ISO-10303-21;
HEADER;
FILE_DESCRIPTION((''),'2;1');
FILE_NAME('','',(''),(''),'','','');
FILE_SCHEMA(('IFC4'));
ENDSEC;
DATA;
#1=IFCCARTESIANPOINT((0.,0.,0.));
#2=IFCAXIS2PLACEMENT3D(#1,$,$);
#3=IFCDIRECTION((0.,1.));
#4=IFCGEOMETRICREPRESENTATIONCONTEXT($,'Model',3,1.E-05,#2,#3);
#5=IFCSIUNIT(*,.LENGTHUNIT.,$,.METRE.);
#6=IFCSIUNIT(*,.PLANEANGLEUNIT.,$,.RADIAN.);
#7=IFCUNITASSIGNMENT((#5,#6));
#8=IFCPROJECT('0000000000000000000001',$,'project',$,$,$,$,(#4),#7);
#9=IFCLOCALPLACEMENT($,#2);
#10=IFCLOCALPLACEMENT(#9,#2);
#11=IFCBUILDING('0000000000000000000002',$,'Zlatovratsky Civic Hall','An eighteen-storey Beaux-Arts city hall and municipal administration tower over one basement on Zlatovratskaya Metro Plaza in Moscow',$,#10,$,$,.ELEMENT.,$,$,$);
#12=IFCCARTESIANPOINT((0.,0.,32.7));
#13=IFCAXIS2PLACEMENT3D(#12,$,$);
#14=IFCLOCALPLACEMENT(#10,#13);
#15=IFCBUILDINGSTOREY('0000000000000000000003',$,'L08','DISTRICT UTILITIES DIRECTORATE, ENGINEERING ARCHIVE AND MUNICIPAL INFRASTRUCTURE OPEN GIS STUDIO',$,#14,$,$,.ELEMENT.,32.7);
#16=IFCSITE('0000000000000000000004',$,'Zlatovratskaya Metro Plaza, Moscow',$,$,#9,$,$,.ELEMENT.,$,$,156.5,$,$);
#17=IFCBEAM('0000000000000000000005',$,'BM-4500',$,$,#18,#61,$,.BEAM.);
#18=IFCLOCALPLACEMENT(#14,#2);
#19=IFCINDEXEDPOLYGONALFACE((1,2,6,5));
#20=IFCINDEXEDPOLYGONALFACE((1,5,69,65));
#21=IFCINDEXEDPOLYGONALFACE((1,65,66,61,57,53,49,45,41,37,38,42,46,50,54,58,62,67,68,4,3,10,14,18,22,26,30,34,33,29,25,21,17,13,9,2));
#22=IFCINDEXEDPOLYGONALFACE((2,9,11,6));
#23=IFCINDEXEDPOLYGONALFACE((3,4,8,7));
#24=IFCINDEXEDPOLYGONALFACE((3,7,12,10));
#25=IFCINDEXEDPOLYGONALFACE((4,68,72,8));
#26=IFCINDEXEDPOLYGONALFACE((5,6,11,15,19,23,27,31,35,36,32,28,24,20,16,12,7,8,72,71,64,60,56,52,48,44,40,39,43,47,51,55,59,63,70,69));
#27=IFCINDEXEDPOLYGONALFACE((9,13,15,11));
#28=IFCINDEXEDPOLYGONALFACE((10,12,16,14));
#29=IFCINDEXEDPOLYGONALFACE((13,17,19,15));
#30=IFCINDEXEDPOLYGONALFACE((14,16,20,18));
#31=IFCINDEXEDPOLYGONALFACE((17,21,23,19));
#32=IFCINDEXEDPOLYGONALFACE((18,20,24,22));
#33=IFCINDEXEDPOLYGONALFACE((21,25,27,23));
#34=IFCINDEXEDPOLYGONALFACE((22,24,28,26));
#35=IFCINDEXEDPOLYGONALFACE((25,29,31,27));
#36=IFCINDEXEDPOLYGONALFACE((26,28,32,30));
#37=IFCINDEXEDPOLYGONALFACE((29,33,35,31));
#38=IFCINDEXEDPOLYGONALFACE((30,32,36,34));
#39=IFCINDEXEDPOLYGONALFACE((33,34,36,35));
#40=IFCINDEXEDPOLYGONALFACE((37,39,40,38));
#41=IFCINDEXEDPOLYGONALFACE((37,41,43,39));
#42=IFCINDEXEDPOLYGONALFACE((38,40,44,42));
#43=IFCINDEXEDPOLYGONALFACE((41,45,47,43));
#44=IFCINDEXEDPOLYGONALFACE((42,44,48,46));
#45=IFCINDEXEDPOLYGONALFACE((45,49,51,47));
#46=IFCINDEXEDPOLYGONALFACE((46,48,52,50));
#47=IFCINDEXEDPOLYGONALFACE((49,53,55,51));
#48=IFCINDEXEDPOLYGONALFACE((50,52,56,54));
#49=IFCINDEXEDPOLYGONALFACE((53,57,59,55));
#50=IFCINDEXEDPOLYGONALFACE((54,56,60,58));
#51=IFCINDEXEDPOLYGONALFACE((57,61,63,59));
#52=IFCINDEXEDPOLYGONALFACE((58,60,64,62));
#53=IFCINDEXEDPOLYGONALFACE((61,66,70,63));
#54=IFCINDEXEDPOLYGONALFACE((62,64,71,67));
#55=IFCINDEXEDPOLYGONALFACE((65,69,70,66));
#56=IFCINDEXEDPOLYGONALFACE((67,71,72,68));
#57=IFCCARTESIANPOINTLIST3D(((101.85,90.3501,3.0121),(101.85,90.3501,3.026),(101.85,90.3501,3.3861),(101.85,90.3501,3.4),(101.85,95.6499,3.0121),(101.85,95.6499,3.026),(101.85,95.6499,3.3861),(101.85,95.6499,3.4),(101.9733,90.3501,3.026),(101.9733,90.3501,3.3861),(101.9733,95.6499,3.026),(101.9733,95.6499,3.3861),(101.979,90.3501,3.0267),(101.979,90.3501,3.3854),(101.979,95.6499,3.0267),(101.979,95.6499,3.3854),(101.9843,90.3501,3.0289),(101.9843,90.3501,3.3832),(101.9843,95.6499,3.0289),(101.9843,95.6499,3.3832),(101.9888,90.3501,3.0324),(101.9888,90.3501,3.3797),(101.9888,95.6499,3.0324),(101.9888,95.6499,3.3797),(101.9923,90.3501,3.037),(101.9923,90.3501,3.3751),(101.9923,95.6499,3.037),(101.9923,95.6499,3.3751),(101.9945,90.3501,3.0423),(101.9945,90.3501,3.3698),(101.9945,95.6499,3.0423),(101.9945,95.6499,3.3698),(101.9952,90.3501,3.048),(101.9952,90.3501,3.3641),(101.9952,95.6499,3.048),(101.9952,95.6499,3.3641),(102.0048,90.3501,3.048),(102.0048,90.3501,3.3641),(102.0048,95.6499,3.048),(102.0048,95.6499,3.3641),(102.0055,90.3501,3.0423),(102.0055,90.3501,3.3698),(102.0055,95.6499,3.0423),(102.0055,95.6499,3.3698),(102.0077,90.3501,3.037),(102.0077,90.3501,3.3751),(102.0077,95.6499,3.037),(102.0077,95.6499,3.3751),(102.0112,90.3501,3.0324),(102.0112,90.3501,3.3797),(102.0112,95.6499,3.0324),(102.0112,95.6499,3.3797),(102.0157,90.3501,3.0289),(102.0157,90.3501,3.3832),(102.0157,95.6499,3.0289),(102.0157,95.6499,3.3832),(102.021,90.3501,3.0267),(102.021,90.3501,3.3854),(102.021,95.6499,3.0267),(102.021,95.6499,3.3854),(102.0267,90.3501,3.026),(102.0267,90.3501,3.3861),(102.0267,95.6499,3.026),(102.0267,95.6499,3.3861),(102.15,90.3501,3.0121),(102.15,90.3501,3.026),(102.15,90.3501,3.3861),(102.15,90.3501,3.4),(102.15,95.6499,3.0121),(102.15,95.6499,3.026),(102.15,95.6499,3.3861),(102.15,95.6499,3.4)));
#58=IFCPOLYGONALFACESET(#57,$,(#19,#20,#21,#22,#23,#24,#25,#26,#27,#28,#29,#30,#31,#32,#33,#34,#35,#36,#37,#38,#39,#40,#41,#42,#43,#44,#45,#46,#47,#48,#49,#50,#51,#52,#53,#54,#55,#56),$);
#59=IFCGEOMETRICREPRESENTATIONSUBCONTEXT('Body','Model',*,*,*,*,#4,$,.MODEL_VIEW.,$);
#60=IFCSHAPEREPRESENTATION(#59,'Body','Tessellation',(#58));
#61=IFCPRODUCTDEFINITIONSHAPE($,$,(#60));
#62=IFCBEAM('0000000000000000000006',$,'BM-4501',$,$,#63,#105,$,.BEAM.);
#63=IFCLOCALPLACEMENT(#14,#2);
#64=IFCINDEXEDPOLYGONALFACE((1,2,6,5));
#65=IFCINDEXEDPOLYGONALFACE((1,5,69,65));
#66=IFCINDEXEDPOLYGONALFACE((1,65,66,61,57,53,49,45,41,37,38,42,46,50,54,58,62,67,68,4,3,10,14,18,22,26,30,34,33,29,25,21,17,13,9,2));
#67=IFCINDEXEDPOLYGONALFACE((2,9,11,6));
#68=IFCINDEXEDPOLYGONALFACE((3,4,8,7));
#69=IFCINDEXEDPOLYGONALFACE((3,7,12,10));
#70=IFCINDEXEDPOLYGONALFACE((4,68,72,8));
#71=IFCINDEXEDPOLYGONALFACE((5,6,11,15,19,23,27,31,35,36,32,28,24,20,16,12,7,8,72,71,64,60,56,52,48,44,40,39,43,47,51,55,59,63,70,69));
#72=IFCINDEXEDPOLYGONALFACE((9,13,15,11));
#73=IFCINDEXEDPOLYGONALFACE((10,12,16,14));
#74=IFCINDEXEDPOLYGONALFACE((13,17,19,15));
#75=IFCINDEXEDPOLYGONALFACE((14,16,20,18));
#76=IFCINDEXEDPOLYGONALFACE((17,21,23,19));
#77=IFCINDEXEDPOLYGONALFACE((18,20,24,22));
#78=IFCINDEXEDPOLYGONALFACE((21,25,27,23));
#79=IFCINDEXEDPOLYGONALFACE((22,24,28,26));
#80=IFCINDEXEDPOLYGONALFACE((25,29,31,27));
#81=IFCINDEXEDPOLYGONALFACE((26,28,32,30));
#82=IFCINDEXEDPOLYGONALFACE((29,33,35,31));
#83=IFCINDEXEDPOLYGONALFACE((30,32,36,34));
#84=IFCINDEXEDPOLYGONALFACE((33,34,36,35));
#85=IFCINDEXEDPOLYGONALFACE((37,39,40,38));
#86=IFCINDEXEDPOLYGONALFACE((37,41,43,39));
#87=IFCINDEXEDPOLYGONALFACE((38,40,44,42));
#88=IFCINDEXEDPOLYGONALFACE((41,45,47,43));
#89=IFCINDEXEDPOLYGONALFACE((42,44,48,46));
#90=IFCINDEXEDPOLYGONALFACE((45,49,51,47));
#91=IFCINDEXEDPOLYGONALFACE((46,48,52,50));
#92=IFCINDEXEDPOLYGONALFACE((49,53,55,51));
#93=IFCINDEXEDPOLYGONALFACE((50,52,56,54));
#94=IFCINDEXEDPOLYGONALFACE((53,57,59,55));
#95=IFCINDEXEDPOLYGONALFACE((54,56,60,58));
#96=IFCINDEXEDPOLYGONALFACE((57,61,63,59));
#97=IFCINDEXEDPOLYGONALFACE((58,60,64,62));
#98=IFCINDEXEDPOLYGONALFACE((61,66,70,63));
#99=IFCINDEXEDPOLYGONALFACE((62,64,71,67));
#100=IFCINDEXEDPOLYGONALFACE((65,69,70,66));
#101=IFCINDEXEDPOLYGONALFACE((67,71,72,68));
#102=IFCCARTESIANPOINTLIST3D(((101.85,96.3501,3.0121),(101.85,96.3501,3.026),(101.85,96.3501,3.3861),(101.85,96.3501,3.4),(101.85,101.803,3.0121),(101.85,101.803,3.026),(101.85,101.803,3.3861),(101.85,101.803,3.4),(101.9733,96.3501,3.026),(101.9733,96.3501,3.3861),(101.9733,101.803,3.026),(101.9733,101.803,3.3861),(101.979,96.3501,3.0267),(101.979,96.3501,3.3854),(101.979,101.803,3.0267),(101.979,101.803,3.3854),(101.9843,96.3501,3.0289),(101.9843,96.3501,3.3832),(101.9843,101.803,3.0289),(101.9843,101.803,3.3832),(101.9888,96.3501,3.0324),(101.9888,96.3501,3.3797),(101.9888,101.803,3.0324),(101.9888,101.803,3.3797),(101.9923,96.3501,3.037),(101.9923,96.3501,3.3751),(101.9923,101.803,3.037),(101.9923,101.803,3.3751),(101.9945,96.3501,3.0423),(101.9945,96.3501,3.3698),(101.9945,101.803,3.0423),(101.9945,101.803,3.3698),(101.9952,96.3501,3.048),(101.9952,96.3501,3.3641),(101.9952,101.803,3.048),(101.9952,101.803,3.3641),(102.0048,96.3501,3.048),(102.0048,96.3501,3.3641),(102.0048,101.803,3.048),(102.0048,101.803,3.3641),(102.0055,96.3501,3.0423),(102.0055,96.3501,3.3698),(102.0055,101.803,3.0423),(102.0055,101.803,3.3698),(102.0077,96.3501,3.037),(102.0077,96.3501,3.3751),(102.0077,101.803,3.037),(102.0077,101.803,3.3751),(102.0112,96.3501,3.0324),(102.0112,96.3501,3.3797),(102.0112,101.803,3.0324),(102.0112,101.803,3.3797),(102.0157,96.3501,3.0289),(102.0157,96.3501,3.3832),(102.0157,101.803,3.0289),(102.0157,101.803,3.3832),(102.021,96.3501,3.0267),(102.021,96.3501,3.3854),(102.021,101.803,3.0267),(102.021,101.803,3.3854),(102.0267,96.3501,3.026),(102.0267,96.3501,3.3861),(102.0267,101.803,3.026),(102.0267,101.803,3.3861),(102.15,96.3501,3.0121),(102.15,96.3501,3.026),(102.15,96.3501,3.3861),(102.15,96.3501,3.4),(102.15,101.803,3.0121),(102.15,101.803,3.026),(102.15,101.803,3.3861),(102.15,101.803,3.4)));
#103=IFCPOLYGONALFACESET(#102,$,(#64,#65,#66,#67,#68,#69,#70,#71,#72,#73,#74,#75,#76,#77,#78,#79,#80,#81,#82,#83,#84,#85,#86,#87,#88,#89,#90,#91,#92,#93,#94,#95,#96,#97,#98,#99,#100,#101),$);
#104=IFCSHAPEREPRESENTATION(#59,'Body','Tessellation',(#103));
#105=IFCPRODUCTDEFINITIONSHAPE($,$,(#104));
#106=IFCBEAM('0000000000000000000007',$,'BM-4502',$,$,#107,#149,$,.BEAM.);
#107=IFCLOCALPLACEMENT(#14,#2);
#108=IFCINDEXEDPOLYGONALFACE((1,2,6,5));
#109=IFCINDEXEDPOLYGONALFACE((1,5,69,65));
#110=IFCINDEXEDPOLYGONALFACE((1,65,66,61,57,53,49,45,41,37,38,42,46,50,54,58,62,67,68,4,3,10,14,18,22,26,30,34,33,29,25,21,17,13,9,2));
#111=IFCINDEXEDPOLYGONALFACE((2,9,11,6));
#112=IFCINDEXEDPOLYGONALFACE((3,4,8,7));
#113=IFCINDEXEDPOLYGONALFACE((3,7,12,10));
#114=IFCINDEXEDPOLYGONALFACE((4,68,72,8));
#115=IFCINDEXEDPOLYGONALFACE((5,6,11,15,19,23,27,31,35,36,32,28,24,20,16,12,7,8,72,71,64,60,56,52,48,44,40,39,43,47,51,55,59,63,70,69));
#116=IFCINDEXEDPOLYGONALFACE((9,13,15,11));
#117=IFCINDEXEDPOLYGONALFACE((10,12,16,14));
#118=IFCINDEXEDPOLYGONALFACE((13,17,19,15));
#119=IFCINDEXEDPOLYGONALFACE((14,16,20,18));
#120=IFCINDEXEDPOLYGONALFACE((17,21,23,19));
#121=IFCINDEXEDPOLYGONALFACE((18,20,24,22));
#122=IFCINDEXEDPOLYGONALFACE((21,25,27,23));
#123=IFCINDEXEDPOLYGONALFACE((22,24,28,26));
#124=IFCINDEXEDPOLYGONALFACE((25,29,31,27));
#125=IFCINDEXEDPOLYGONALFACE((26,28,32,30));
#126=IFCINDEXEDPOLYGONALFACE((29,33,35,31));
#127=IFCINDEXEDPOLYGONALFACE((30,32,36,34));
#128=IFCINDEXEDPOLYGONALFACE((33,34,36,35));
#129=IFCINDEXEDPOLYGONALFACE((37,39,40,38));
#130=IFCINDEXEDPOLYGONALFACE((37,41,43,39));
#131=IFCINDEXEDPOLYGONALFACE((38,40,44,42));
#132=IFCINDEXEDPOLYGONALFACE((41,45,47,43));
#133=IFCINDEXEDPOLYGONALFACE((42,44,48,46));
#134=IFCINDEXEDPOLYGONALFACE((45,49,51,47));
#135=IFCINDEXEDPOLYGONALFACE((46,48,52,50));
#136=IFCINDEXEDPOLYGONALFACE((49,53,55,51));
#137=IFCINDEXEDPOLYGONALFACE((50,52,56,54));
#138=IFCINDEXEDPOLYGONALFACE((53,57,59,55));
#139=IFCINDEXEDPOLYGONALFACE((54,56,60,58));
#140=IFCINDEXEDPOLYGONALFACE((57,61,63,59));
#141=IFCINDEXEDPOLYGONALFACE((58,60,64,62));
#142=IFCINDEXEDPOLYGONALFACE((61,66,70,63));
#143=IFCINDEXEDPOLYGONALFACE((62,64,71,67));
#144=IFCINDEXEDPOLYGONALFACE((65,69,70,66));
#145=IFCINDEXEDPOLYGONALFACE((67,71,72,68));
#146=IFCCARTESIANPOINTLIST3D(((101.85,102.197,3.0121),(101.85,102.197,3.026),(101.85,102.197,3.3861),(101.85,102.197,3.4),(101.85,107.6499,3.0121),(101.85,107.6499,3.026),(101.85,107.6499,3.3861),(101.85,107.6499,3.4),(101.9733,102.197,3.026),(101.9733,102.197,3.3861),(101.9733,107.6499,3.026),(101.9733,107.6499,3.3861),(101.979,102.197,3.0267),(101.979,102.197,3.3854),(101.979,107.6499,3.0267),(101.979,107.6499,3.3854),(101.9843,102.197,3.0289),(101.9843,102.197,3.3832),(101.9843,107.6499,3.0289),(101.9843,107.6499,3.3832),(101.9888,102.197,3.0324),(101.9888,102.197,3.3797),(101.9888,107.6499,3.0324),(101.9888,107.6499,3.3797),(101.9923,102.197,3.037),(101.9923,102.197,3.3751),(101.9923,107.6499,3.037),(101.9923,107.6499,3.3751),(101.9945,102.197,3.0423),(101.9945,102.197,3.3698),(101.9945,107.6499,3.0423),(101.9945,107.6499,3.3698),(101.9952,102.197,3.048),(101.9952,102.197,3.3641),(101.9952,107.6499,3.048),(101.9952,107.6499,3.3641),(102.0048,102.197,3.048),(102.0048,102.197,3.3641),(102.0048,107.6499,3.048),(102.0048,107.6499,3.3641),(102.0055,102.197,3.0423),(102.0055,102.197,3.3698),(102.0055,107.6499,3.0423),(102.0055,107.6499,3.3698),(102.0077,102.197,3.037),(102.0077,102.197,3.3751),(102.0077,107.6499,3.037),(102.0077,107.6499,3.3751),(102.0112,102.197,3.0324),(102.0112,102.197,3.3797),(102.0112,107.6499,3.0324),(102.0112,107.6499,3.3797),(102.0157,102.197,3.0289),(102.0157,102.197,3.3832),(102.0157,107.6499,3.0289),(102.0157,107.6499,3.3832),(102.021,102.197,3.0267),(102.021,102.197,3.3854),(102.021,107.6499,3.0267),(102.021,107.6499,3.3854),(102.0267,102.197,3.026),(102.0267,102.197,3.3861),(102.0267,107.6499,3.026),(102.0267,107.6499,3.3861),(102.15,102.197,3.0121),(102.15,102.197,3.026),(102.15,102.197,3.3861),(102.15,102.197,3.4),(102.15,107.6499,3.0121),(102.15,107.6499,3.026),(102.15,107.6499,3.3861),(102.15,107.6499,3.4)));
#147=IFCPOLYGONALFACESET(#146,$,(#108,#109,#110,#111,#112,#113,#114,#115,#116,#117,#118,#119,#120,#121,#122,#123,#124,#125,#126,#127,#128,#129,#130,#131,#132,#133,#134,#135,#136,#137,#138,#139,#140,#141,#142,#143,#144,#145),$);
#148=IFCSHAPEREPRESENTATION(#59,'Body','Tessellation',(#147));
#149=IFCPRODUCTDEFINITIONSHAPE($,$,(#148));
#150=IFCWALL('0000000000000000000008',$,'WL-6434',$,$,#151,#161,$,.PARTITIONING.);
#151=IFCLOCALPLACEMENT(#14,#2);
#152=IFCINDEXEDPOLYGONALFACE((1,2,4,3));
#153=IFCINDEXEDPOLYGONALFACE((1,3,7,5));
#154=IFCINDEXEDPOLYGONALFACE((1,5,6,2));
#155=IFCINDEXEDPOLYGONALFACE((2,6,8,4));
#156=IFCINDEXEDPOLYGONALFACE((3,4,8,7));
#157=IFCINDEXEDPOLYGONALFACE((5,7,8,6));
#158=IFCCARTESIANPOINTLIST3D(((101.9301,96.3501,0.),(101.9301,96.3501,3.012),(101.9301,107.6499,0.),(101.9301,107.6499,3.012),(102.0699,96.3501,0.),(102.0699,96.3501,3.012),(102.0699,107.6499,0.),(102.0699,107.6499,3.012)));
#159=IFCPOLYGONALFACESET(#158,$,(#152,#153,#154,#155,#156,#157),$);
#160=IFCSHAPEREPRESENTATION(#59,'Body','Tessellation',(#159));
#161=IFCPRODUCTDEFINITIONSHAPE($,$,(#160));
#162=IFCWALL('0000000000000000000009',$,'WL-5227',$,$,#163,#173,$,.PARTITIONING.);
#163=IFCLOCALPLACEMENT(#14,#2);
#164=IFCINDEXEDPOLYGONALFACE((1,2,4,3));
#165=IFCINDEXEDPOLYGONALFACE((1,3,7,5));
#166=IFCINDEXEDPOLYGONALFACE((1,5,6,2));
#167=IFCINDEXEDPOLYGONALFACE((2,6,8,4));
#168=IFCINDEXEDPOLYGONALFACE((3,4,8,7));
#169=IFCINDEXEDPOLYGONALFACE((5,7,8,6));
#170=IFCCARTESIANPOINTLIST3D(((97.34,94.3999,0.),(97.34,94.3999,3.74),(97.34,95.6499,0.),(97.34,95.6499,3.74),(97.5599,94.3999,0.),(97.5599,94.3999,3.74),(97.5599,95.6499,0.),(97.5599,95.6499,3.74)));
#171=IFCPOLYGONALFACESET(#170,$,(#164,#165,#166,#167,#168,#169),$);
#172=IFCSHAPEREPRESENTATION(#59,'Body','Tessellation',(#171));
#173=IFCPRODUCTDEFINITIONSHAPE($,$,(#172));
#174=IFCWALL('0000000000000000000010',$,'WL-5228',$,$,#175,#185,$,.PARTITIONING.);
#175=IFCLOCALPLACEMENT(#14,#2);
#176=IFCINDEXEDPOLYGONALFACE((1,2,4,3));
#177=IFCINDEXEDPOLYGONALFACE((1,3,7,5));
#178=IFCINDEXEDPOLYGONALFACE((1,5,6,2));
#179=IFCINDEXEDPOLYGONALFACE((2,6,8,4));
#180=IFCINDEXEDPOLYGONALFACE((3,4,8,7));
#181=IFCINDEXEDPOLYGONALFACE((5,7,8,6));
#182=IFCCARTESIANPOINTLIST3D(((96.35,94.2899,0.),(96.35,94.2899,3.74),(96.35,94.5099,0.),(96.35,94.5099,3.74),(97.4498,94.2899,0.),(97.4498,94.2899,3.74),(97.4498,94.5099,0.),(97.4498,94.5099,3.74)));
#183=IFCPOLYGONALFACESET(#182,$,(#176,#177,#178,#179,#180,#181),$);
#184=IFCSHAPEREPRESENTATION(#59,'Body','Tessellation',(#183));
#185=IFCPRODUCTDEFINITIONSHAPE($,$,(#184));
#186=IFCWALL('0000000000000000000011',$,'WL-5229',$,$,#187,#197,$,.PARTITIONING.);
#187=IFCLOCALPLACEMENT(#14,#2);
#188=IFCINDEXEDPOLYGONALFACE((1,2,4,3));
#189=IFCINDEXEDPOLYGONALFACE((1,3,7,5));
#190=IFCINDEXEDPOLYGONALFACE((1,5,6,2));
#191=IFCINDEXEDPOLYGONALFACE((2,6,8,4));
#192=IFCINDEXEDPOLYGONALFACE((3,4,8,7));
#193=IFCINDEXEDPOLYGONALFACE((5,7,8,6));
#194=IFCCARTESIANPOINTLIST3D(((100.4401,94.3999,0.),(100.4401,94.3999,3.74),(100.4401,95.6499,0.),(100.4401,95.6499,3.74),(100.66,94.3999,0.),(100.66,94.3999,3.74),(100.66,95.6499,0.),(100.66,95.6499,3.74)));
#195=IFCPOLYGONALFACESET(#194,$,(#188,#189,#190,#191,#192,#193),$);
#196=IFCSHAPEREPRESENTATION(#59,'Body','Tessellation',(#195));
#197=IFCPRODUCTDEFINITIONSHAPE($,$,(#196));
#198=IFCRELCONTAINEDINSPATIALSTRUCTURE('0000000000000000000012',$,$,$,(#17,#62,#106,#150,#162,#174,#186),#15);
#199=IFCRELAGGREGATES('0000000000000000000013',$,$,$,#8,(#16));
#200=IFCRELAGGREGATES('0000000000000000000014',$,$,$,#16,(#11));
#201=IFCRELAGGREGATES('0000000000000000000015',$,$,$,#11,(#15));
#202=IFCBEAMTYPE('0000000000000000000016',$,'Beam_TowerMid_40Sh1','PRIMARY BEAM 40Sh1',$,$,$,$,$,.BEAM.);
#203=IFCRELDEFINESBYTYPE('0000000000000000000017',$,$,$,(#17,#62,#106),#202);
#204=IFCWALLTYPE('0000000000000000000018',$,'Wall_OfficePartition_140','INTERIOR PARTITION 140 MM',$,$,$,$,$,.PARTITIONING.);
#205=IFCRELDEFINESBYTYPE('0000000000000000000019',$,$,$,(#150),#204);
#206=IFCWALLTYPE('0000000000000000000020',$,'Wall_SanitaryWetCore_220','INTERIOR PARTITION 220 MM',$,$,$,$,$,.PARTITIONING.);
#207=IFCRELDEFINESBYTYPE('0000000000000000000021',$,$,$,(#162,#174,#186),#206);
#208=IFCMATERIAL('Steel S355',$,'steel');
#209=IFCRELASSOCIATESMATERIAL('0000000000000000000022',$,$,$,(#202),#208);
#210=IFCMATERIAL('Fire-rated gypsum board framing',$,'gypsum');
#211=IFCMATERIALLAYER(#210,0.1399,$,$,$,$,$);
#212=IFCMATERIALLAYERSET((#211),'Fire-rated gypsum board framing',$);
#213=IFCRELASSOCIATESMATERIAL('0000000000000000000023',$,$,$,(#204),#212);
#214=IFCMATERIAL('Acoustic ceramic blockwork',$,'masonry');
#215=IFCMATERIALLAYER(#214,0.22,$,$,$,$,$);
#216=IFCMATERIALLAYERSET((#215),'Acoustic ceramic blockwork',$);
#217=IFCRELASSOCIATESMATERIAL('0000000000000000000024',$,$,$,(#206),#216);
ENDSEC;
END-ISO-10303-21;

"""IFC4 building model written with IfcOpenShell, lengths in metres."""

from ifc_helpers import new_model, si_unit, direction, frame, frame_2d, origin, origin_2d, place, context, subcontext, project, spatial, rectangle, i_section, extrude, material, layer, layer_set, material_profile, profile_set, type_object, element, save


model = new_model("IFC4")

# Units and contexts
model_context = context("Model", 3, precision=1e-05, world=origin(), true_north=direction((0.0, 1.0)))
body_context = subcontext(model_context, "Body", "Model", "MODEL_VIEW")
ifc_project = project(units=[si_unit("LENGTHUNIT", "METRE"), si_unit("PLANEANGLEUNIT", "RADIAN")], contexts=[model_context])

# Site, building, storey
site_placement = place(None, origin())
site = spatial("IfcSite", under=ifc_project, at=site_placement, Name="Zlatovratskaya Metro Plaza, Moscow", CompositionType="ELEMENT", RefElevation=156.5)
building_placement = place(site_placement, origin())
building = spatial("IfcBuilding", under=site, at=building_placement, Name="Zlatovratsky Civic Hall", Description="An eighteen-storey Beaux-Arts city hall and municipal administration tower over one basement on Zlatovratskaya Metro Plaza in Moscow", CompositionType="ELEMENT")
storey_placement = place(building_placement, frame((0.0, 0.0, 32.7)))
storey = spatial("IfcBuildingStorey", under=building, at=storey_placement, Name="L08", Description="DISTRICT UTILITIES DIRECTORATE, ENGINEERING ARCHIVE AND MUNICIPAL INFRASTRUCTURE OPEN GIS STUDIO", CompositionType="ELEMENT", Elevation=32.7)

# Shared definitions
ifc_material_1 = material(Name="Steel S355", Category="steel")

# Beams
ifc_material_profile_1 = material_profile(ifc_material_1, i_section(OverallWidth=0.3, OverallDepth=0.3879, WebThickness=0.0095, FlangeThickness=0.0139, FilletRadius=0.022, at=origin_2d()), Name="40Sh1")
ifc_profile_set_1 = profile_set([ifc_material_profile_1], Name="Steel S355")
beam_type_1 = type_object("IfcBeamType", Name="Beam_TowerMid_40Sh1", Description="PRIMARY BEAM 40Sh1", PredefinedType="BEAM", material=ifc_profile_set_1)
beam_1_placement = place(storey_placement, frame((102.0, 90.3501, 3.2061), z_axis=(0.0, 1.0, 0.0), x_axis=(-1.0, 0.0, 0.0)))
element("IfcBeam", 1, at=beam_1_placement, inside=storey, type_object=beam_type_1, Name="BM-4500", PredefinedType="BEAM", context=body_context, shape_type="SweptSolid", body=[
    extrude(i_section(OverallWidth=0.3, OverallDepth=0.3879, WebThickness=0.0095, FlangeThickness=0.0139, FilletRadius=0.022, at=origin_2d()), origin(), (0.0, 0.0, 1.0), 5.2998),
])
for number, where, z_axis, x_axis, name in (
    (2, (102.0, 96.3501, 3.2061), (0.0, 1.0, 0.0), (-1.0, 0.0, 0.0), "BM-4501"),
    (3, (102.0, 102.197, 3.2061), (0.0, 1.0, 0.0), (-1.0, 0.0, 0.0), "BM-4502"),
):
    element("IfcBeam", number, at=place(storey_placement, frame(where, z_axis=z_axis, x_axis=x_axis)), inside=storey, type_object=beam_type_1, Name=name, PredefinedType="BEAM", context=body_context, shape_type="SweptSolid", body=[
        extrude(i_section(OverallWidth=0.3, OverallDepth=0.3879, WebThickness=0.0095, FlangeThickness=0.0139, FilletRadius=0.022, at=origin_2d()), origin(), (0.0, 0.0, 1.0), 5.4529),
    ])

# Walls
ifc_material_2 = material(Name="Fire-rated gypsum board framing", Category="gypsum")
ifc_layer_1 = layer(ifc_material_2, 0.1399)
ifc_layer_set_1 = layer_set([ifc_layer_1], Name="Fire-rated gypsum board framing")
wall_type_1 = type_object("IfcWallType", Name="Wall_OfficePartition_140", Description="INTERIOR PARTITION 140 MM", PredefinedType="PARTITIONING", material=ifc_layer_set_1)
wall_1_placement = place(storey_placement, frame((102.0, 96.3501, 0.0), z_axis=(0.0, 0.0, 1.0), x_axis=(0.0, 1.0, 0.0)))
element("IfcWall", 4, at=wall_1_placement, inside=storey, type_object=wall_type_1, Name="WL-6434", PredefinedType="PARTITIONING", context=body_context, shape_type="SweptSolid", body=[
    extrude(rectangle(XDim=11.2998, YDim=0.1399, at=frame_2d((5.6499, 0.0))), origin(), (0.0, 0.0, 1.0), 3.012),
])
ifc_material_3 = material(Name="Acoustic ceramic blockwork", Category="masonry")
ifc_layer_2 = layer(ifc_material_3, 0.22)
ifc_layer_set_2 = layer_set([ifc_layer_2], Name="Acoustic ceramic blockwork")
wall_type_2 = type_object("IfcWallType", Name="Wall_SanitaryWetCore_220", Description="INTERIOR PARTITION 220 MM", PredefinedType="PARTITIONING", material=ifc_layer_set_2)
wall_2_placement = place(storey_placement, frame((97.45, 94.3999, 0.0), z_axis=(0.0, 0.0, 1.0), x_axis=(0.0, 1.0, 0.0)))
element("IfcWall", 5, at=wall_2_placement, inside=storey, type_object=wall_type_2, Name="WL-5227", PredefinedType="PARTITIONING", context=body_context, shape_type="SweptSolid", body=[
    extrude(rectangle(XDim=1.25, YDim=0.22, at=frame_2d((0.625, 0.0))), origin(), (0.0, 0.0, 1.0), 3.74),
])
wall_3_placement = place(storey_placement, frame((96.3501, 94.3999, 0.0), z_axis=(0.0, 0.0, 1.0), x_axis=(1.0, 0.0, 0.0)))
element("IfcWall", 6, at=wall_3_placement, inside=storey, type_object=wall_type_2, Name="WL-5228", PredefinedType="PARTITIONING", context=body_context, shape_type="SweptSolid", body=[
    extrude(rectangle(XDim=1.0999, YDim=0.22, at=frame_2d((0.5498, 0.0))), origin(), (0.0, 0.0, 1.0), 3.74),
])
wall_4_placement = place(storey_placement, frame((100.55, 94.3999, 0.0), z_axis=(0.0, 0.0, 1.0), x_axis=(0.0, 1.0, 0.0)))
element("IfcWall", 7, at=wall_4_placement, inside=storey, type_object=wall_type_2, Name="WL-5229", PredefinedType="PARTITIONING", context=body_context, shape_type="SweptSolid", body=[
    extrude(rectangle(XDim=1.25, YDim=0.22, at=frame_2d((0.625, 0.0))), origin(), (0.0, 0.0, 1.0), 3.74),
])

save(model, "model.ifc")
